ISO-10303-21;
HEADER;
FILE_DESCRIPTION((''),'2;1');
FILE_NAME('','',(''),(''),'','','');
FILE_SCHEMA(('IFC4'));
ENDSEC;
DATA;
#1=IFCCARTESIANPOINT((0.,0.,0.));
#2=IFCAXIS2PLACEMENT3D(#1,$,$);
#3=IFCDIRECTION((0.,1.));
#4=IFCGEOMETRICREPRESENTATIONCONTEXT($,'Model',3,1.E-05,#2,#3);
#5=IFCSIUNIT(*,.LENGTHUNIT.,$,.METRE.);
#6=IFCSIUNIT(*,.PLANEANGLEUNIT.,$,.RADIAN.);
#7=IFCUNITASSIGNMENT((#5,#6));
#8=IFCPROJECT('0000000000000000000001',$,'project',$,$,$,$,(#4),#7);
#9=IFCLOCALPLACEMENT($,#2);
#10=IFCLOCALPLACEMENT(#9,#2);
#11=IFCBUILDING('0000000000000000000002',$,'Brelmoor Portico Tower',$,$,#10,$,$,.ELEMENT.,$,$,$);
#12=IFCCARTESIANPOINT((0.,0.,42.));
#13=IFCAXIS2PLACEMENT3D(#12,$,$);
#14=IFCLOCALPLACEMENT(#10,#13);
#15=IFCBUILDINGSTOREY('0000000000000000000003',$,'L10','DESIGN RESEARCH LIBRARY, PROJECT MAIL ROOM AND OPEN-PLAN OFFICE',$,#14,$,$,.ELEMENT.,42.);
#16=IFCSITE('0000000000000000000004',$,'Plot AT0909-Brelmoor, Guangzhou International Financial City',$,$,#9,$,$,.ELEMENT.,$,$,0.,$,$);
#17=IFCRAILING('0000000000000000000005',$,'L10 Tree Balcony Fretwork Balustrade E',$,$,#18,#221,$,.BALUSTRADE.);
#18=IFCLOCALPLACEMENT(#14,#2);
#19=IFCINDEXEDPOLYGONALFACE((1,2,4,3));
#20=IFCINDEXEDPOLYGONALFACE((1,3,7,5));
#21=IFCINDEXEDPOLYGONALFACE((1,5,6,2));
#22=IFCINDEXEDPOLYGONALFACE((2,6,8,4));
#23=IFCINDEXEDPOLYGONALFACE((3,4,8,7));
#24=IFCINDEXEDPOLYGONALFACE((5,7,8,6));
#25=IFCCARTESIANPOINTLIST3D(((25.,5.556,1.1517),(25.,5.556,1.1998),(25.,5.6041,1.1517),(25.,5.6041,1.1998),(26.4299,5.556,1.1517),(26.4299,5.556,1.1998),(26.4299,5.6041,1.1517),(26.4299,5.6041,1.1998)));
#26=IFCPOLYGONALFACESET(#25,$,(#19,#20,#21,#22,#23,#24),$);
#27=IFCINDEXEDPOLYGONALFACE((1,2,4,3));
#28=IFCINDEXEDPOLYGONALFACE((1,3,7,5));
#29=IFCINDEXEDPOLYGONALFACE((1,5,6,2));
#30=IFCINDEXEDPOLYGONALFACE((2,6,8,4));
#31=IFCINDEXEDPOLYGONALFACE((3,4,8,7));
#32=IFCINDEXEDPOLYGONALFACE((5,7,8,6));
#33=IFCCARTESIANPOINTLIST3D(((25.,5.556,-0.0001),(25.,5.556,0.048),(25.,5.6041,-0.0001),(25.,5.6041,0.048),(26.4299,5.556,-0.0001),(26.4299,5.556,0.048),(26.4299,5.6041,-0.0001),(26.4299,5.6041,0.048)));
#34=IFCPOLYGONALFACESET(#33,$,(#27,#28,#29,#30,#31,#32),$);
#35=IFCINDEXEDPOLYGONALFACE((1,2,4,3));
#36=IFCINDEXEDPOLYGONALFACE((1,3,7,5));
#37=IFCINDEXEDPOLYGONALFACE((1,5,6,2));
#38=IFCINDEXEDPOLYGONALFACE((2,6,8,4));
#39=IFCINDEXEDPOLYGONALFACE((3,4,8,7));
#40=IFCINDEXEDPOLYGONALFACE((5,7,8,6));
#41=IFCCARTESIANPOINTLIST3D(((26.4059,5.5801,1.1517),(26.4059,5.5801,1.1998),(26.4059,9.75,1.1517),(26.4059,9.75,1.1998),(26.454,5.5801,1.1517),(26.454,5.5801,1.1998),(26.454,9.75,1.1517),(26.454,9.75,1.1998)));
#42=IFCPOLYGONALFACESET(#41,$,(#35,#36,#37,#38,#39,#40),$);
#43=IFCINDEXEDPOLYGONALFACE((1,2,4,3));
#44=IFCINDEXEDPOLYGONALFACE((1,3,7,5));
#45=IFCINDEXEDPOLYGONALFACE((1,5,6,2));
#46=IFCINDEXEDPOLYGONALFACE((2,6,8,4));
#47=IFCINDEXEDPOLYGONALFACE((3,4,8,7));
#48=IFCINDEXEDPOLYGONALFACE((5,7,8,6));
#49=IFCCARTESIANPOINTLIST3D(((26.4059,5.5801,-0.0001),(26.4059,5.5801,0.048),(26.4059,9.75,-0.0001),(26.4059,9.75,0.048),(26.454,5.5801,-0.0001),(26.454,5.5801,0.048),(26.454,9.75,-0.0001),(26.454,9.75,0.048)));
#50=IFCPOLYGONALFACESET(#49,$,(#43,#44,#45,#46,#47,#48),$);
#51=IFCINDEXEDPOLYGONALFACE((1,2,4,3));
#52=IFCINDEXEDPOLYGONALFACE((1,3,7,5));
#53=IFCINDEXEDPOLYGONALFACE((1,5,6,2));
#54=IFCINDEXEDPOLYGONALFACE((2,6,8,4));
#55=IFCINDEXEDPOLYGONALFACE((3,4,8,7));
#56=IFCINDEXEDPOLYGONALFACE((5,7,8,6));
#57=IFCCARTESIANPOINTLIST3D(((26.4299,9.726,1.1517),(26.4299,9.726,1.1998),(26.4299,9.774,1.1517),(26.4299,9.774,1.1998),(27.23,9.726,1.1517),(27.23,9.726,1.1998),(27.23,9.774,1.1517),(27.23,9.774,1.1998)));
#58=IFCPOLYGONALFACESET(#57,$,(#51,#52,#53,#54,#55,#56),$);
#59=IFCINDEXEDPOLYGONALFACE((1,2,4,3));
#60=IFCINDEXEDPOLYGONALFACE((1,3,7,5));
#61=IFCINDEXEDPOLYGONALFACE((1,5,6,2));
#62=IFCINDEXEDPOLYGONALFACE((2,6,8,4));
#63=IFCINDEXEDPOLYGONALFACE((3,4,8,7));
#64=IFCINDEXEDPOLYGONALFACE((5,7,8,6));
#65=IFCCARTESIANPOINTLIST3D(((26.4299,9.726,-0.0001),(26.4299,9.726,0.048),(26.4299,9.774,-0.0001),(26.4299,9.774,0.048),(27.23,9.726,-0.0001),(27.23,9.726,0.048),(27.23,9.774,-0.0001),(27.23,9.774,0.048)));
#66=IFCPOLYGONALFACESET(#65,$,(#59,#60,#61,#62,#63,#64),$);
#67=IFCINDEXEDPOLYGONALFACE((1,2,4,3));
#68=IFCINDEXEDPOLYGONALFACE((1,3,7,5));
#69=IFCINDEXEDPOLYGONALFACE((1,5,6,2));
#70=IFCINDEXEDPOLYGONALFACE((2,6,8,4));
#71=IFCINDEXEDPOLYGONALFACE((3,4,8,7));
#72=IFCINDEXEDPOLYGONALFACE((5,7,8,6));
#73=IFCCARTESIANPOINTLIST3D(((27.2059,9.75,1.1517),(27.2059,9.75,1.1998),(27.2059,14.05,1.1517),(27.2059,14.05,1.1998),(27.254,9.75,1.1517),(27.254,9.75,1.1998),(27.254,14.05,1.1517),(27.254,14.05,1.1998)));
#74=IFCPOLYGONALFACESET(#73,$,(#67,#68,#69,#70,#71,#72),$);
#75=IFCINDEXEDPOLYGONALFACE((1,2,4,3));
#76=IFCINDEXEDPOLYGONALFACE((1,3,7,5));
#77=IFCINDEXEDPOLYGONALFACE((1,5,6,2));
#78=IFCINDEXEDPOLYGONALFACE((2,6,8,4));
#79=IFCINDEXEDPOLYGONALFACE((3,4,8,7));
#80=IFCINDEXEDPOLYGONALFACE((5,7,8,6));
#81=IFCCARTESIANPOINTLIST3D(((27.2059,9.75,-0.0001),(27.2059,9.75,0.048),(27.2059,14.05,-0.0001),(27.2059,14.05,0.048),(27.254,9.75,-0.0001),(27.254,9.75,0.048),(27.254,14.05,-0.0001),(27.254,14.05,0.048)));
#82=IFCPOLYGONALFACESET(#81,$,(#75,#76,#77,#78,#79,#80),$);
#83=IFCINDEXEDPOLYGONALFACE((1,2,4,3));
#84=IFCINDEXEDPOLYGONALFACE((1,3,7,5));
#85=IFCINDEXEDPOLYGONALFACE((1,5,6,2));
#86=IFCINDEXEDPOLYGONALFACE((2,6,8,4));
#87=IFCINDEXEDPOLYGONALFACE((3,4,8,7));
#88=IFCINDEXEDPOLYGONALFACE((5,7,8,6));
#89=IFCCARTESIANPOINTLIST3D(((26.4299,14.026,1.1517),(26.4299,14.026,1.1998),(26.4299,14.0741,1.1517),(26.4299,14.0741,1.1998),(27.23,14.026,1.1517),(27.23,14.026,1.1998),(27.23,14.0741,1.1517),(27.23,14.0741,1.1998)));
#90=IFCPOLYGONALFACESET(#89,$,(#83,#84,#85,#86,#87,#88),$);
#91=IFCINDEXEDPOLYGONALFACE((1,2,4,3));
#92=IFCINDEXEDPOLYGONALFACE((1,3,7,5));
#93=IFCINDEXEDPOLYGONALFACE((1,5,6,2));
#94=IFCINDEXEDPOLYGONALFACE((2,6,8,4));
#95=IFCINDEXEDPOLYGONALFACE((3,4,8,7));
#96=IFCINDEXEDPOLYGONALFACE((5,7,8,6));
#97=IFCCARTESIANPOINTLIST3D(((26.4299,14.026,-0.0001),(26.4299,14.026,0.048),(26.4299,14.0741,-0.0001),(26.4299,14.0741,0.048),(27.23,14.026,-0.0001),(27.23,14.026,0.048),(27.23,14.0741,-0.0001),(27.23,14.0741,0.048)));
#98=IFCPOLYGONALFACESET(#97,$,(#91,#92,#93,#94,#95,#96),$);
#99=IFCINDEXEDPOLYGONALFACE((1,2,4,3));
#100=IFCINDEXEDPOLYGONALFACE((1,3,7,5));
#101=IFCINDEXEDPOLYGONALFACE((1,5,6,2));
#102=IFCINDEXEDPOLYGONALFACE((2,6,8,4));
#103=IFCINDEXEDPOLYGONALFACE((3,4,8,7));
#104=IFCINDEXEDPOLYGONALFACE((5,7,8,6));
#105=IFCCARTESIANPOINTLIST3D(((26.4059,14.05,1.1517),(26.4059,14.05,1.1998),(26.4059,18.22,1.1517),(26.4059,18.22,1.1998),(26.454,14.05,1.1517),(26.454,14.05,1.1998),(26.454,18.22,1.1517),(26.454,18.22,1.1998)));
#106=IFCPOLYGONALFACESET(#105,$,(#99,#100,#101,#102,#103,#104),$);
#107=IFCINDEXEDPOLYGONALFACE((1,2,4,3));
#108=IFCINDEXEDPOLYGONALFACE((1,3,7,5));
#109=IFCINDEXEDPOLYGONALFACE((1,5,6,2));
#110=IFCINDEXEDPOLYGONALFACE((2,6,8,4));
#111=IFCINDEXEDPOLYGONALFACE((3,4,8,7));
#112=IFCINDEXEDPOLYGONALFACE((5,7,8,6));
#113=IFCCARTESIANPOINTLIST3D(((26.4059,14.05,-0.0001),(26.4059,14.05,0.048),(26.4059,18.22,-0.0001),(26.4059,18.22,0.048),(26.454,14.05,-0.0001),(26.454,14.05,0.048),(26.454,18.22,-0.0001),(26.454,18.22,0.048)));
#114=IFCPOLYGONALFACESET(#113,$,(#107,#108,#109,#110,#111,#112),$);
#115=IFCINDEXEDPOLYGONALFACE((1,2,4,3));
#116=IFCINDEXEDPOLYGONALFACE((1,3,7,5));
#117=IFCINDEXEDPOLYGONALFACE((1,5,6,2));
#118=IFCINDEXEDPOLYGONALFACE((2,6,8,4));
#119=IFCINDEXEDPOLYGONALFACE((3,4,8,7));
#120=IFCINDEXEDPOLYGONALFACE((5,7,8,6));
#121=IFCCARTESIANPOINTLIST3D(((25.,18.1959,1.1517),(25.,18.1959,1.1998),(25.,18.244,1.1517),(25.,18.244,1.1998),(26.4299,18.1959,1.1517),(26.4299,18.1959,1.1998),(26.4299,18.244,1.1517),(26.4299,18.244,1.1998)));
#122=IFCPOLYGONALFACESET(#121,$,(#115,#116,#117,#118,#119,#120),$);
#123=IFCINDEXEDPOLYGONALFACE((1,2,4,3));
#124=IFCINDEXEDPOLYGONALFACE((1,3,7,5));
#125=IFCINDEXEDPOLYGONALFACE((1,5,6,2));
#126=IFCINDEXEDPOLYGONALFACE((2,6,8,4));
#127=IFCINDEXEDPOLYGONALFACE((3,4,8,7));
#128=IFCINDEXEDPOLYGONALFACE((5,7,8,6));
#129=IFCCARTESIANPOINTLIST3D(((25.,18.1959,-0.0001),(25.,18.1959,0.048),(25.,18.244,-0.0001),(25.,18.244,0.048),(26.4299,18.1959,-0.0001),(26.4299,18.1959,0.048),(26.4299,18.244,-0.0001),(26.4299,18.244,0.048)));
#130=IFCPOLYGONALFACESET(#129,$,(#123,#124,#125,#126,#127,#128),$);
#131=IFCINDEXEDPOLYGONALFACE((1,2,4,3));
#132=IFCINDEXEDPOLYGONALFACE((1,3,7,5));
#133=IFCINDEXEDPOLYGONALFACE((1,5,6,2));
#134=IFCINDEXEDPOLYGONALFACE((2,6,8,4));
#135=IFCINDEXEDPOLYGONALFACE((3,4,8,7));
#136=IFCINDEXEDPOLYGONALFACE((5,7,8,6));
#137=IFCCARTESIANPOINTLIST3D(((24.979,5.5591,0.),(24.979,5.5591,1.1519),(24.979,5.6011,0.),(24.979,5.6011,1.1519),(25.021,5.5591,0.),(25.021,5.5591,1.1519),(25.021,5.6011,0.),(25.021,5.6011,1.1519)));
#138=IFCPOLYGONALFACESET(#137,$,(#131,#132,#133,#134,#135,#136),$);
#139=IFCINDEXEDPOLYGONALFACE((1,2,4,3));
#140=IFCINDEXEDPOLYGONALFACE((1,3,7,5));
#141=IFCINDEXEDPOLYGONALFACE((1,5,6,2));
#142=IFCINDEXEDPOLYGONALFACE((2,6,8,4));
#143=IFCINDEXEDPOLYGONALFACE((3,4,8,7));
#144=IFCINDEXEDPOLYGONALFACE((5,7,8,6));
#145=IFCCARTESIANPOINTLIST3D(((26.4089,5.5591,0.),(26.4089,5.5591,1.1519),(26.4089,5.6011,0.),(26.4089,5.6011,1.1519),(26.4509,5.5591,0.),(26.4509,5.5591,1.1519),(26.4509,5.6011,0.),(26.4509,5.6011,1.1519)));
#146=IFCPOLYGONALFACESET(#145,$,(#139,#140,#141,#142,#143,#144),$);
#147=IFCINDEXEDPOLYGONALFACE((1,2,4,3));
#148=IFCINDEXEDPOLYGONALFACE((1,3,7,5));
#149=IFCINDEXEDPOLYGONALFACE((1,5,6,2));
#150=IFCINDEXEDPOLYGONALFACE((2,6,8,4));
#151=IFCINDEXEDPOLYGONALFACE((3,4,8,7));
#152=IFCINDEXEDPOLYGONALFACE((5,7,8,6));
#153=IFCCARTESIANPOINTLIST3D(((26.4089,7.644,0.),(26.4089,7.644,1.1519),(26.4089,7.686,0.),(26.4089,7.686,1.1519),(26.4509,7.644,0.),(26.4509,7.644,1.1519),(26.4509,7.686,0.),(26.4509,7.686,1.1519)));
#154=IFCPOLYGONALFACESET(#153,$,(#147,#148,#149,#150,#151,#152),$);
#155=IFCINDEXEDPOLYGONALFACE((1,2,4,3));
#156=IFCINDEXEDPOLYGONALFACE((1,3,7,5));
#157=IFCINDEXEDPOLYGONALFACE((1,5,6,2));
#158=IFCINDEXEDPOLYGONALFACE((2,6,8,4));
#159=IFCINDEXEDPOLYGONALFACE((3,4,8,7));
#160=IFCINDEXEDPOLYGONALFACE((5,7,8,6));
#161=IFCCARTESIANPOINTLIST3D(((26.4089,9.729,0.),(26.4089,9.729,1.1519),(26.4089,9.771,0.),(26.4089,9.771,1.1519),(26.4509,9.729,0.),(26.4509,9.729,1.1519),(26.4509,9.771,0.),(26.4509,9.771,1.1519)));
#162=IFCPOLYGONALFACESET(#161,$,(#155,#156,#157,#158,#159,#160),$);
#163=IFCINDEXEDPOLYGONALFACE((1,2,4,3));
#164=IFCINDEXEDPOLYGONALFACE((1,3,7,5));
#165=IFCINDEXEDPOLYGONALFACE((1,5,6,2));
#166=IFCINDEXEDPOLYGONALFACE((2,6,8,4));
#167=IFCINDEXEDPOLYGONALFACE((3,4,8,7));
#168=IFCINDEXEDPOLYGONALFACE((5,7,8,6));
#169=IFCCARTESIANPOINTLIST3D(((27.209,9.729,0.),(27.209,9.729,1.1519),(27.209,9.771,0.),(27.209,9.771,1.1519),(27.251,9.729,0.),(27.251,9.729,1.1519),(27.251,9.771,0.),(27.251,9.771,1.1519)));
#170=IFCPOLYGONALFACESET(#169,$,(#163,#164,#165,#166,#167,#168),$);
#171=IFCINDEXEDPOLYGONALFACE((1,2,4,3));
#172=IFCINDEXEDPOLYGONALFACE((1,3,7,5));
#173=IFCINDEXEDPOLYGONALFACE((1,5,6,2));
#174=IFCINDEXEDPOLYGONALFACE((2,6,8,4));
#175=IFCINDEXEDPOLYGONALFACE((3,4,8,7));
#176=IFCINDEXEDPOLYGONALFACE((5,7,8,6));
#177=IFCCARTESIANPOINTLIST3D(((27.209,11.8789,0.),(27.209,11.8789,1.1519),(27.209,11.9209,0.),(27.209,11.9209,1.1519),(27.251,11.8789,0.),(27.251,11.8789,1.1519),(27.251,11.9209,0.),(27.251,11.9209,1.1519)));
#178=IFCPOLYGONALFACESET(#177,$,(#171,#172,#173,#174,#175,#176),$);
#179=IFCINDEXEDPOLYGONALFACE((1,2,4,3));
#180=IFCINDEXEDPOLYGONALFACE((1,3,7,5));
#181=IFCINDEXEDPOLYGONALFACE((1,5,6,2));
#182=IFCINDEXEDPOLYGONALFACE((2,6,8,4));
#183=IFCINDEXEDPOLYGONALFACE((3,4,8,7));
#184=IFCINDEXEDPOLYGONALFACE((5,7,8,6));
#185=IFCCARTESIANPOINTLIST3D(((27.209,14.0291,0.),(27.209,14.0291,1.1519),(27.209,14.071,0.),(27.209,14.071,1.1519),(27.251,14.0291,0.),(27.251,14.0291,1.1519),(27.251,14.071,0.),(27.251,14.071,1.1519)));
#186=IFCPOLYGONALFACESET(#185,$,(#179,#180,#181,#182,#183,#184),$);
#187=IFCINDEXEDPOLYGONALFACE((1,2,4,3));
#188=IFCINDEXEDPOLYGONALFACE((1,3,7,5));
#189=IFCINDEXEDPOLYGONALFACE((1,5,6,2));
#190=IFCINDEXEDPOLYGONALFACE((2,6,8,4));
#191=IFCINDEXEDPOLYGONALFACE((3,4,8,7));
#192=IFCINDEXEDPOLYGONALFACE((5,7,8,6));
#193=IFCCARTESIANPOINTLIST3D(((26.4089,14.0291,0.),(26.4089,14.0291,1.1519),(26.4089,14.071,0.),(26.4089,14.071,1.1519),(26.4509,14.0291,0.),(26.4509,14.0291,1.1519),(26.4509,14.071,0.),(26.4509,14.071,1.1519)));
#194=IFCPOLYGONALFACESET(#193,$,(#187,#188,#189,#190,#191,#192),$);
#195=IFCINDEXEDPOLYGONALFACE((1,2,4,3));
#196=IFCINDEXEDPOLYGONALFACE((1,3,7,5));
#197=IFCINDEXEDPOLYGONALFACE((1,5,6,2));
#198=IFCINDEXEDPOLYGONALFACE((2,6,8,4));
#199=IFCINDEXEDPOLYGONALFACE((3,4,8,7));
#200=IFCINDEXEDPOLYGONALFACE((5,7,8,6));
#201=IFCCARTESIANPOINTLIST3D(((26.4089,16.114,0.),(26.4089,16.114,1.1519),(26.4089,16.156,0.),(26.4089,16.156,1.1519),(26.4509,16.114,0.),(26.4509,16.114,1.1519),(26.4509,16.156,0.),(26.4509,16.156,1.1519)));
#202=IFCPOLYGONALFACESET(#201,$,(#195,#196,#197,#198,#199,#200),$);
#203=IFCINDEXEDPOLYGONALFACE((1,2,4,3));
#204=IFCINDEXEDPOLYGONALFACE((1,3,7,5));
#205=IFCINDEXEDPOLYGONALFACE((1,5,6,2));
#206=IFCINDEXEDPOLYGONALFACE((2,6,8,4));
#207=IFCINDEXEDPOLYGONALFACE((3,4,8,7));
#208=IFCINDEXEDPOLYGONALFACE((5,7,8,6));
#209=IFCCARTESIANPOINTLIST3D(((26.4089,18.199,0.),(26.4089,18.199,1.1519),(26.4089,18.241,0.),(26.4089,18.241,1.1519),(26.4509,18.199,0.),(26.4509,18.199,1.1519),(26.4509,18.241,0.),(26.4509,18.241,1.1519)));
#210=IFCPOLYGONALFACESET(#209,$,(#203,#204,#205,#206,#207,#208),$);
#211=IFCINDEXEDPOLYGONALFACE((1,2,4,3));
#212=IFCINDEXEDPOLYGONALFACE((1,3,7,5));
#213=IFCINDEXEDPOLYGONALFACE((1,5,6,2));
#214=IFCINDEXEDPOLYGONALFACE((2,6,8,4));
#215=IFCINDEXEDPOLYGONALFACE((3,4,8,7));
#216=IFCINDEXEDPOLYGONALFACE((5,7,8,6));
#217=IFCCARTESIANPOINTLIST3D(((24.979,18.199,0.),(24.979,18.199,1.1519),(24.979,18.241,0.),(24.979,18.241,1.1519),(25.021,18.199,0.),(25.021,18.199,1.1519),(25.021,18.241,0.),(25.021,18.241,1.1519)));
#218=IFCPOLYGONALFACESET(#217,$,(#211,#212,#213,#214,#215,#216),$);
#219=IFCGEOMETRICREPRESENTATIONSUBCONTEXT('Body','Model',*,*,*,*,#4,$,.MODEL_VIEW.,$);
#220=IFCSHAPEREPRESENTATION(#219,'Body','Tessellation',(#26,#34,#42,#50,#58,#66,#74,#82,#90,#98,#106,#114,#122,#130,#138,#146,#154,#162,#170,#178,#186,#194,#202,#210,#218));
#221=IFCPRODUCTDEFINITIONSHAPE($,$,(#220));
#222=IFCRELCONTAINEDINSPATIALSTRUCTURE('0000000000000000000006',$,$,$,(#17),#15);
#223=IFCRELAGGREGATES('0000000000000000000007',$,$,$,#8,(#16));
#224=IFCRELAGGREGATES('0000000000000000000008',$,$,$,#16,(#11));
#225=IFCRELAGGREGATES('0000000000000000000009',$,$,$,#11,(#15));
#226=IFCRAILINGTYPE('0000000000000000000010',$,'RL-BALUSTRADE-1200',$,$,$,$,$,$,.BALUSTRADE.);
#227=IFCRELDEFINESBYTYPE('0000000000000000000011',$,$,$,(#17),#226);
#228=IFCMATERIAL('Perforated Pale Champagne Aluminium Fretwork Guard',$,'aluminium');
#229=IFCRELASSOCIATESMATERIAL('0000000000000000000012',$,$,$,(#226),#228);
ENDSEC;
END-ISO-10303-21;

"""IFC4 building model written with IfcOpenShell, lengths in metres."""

from ifc_helpers import new_model, si_unit, direction, frame, origin, origin_2d, place, context, subcontext, project, spatial, rectangle, extrude, material, type_object, element, save


model = new_model("IFC4")

# Units and contexts
model_context = context("Model", 3, precision=1e-05, world=origin(), true_north=direction((0.0, 1.0)))
body_context = subcontext(model_context, "Body", "Model", "MODEL_VIEW")
ifc_project = project(units=[si_unit("LENGTHUNIT", "METRE"), si_unit("PLANEANGLEUNIT", "RADIAN")], contexts=[model_context])

# Site, building, storey
site_placement = place(None, origin())
site = spatial("IfcSite", under=ifc_project, at=site_placement, Name="Plot AT0909-Brelmoor, Guangzhou International Financial City", CompositionType="ELEMENT", RefElevation=0.0)
building_placement = place(site_placement, origin())
building = spatial("IfcBuilding", under=site, at=building_placement, Name="Brelmoor Portico Tower", CompositionType="ELEMENT")
storey_placement = place(building_placement, frame((0.0, 0.0, 42.0)))
storey = spatial("IfcBuildingStorey", under=building, at=storey_placement, Name="L10", Description="DESIGN RESEARCH LIBRARY, PROJECT MAIL ROOM AND OPEN-PLAN OFFICE", CompositionType="ELEMENT", Elevation=42.0)

# Railing
ifc_material_1 = material(Name="Perforated Pale Champagne Aluminium Fretwork Guard", Category="aluminium")
railing_type_1 = type_object("IfcRailingType", Name="RL-BALUSTRADE-1200", PredefinedType="BALUSTRADE", material=ifc_material_1)
railing_1_placement = place(storey_placement, frame((25.0, 5.5801, 0.0)))
element("IfcRailing", 1, at=railing_1_placement, inside=storey, type_object=railing_type_1, Name="L10 Tree Balcony Fretwork Balustrade E", PredefinedType="BALUSTRADE", context=body_context, shape_type="SweptSolid", body=[
    extrude(rectangle(XDim=0.0481, YDim=0.0481, at=origin_2d()), frame((0.0, 0.0, 1.1758), z_axis=(1.0, 0.0, 0.0), x_axis=(0.0, 1.0, 0.0)), (0.0, 0.0, 1.0), 1.4299),
    extrude(rectangle(XDim=0.0481, YDim=0.0481, at=origin_2d()), frame((0.0, 0.0, 0.0239), z_axis=(1.0, 0.0, 0.0), x_axis=(0.0, 1.0, 0.0)), (0.0, 0.0, 1.0), 1.4299),
    extrude(rectangle(XDim=0.0481, YDim=0.0481, at=origin_2d()), frame((1.4299, 0.0, 1.1758), z_axis=(0.0, 1.0, 0.0), x_axis=(-1.0, 0.0, 0.0)), (0.0, 0.0, 1.0), 4.1699),
    extrude(rectangle(XDim=0.0481, YDim=0.0481, at=origin_2d()), frame((1.4299, 0.0, 0.0239), z_axis=(0.0, 1.0, 0.0), x_axis=(-1.0, 0.0, 0.0)), (0.0, 0.0, 1.0), 4.1699),
    extrude(rectangle(XDim=0.0481, YDim=0.0481, at=origin_2d()), frame((1.4299, 4.1699, 1.1758), z_axis=(1.0, 0.0, 0.0), x_axis=(0.0, 1.0, 0.0)), (0.0, 0.0, 1.0), 0.8),
    extrude(rectangle(XDim=0.0481, YDim=0.0481, at=origin_2d()), frame((1.4299, 4.1699, 0.0239), z_axis=(1.0, 0.0, 0.0), x_axis=(0.0, 1.0, 0.0)), (0.0, 0.0, 1.0), 0.8),
    extrude(rectangle(XDim=0.0481, YDim=0.0481, at=origin_2d()), frame((2.23, 4.1699, 1.1758), z_axis=(0.0, 1.0, 0.0), x_axis=(-1.0, 0.0, 0.0)), (0.0, 0.0, 1.0), 4.3),
    extrude(rectangle(XDim=0.0481, YDim=0.0481, at=origin_2d()), frame((2.23, 4.1699, 0.0239), z_axis=(0.0, 1.0, 0.0), x_axis=(-1.0, 0.0, 0.0)), (0.0, 0.0, 1.0), 4.3),
    extrude(rectangle(XDim=0.0481, YDim=0.0481, at=origin_2d()), frame((2.23, 8.47, 1.1758), z_axis=(-1.0, 0.0, 0.0), x_axis=(0.0, -1.0, 0.0)), (0.0, 0.0, 1.0), 0.8),
    extrude(rectangle(XDim=0.0481, YDim=0.0481, at=origin_2d()), frame((2.23, 8.47, 0.0239), z_axis=(-1.0, 0.0, 0.0), x_axis=(0.0, -1.0, 0.0)), (0.0, 0.0, 1.0), 0.8),
    extrude(rectangle(XDim=0.0481, YDim=0.0481, at=origin_2d()), frame((1.4299, 8.47, 1.1758), z_axis=(0.0, 1.0, 0.0), x_axis=(-1.0, 0.0, 0.0)), (0.0, 0.0, 1.0), 4.1699),
    extrude(rectangle(XDim=0.0481, YDim=0.0481, at=origin_2d()), frame((1.4299, 8.47, 0.0239), z_axis=(0.0, 1.0, 0.0), x_axis=(-1.0, 0.0, 0.0)), (0.0, 0.0, 1.0), 4.1699),
    extrude(rectangle(XDim=0.0481, YDim=0.0481, at=origin_2d()), frame((1.4299, 12.6399, 1.1758), z_axis=(-1.0, 0.0, 0.0), x_axis=(0.0, -1.0, 0.0)), (0.0, 0.0, 1.0), 1.4299),
    extrude(rectangle(XDim=0.0481, YDim=0.0481, at=origin_2d()), frame((1.4299, 12.6399, 0.0239), z_axis=(-1.0, 0.0, 0.0), x_axis=(0.0, -1.0, 0.0)), (0.0, 0.0, 1.0), 1.4299),
    extrude(rectangle(XDim=0.042, YDim=0.042, at=origin_2d()), origin(), (0.0, 0.0, 1.0), 1.1519),
    extrude(rectangle(XDim=0.042, YDim=0.042, at=origin_2d()), frame((1.4299, 0.0, 0.0)), (0.0, 0.0, 1.0), 1.1519),
    extrude(rectangle(XDim=0.042, YDim=0.042, at=origin_2d()), frame((1.4299, 2.085, 0.0)), (0.0, 0.0, 1.0), 1.1519),
    extrude(rectangle(XDim=0.042, YDim=0.042, at=origin_2d()), frame((1.4299, 4.1699, 0.0)), (0.0, 0.0, 1.0), 1.1519),
    extrude(rectangle(XDim=0.042, YDim=0.042, at=origin_2d()), frame((2.23, 4.1699, 0.0)), (0.0, 0.0, 1.0), 1.1519),
    extrude(rectangle(XDim=0.042, YDim=0.042, at=origin_2d()), frame((2.23, 6.3198, 0.0)), (0.0, 0.0, 1.0), 1.1519),
    extrude(rectangle(XDim=0.042, YDim=0.042, at=origin_2d()), frame((2.23, 8.47, 0.0)), (0.0, 0.0, 1.0), 1.1519),
    extrude(rectangle(XDim=0.042, YDim=0.042, at=origin_2d()), frame((1.4299, 8.47, 0.0)), (0.0, 0.0, 1.0), 1.1519),
    extrude(rectangle(XDim=0.042, YDim=0.042, at=origin_2d()), frame((1.4299, 10.5549, 0.0)), (0.0, 0.0, 1.0), 1.1519),
    extrude(rectangle(XDim=0.042, YDim=0.042, at=origin_2d()), frame((1.4299, 12.6399, 0.0)), (0.0, 0.0, 1.0), 1.1519),
    extrude(rectangle(XDim=0.042, YDim=0.042, at=origin_2d()), frame((0.0, 12.6399, 0.0)), (0.0, 0.0, 1.0), 1.1519),
])

save(model, "model.ifc")
